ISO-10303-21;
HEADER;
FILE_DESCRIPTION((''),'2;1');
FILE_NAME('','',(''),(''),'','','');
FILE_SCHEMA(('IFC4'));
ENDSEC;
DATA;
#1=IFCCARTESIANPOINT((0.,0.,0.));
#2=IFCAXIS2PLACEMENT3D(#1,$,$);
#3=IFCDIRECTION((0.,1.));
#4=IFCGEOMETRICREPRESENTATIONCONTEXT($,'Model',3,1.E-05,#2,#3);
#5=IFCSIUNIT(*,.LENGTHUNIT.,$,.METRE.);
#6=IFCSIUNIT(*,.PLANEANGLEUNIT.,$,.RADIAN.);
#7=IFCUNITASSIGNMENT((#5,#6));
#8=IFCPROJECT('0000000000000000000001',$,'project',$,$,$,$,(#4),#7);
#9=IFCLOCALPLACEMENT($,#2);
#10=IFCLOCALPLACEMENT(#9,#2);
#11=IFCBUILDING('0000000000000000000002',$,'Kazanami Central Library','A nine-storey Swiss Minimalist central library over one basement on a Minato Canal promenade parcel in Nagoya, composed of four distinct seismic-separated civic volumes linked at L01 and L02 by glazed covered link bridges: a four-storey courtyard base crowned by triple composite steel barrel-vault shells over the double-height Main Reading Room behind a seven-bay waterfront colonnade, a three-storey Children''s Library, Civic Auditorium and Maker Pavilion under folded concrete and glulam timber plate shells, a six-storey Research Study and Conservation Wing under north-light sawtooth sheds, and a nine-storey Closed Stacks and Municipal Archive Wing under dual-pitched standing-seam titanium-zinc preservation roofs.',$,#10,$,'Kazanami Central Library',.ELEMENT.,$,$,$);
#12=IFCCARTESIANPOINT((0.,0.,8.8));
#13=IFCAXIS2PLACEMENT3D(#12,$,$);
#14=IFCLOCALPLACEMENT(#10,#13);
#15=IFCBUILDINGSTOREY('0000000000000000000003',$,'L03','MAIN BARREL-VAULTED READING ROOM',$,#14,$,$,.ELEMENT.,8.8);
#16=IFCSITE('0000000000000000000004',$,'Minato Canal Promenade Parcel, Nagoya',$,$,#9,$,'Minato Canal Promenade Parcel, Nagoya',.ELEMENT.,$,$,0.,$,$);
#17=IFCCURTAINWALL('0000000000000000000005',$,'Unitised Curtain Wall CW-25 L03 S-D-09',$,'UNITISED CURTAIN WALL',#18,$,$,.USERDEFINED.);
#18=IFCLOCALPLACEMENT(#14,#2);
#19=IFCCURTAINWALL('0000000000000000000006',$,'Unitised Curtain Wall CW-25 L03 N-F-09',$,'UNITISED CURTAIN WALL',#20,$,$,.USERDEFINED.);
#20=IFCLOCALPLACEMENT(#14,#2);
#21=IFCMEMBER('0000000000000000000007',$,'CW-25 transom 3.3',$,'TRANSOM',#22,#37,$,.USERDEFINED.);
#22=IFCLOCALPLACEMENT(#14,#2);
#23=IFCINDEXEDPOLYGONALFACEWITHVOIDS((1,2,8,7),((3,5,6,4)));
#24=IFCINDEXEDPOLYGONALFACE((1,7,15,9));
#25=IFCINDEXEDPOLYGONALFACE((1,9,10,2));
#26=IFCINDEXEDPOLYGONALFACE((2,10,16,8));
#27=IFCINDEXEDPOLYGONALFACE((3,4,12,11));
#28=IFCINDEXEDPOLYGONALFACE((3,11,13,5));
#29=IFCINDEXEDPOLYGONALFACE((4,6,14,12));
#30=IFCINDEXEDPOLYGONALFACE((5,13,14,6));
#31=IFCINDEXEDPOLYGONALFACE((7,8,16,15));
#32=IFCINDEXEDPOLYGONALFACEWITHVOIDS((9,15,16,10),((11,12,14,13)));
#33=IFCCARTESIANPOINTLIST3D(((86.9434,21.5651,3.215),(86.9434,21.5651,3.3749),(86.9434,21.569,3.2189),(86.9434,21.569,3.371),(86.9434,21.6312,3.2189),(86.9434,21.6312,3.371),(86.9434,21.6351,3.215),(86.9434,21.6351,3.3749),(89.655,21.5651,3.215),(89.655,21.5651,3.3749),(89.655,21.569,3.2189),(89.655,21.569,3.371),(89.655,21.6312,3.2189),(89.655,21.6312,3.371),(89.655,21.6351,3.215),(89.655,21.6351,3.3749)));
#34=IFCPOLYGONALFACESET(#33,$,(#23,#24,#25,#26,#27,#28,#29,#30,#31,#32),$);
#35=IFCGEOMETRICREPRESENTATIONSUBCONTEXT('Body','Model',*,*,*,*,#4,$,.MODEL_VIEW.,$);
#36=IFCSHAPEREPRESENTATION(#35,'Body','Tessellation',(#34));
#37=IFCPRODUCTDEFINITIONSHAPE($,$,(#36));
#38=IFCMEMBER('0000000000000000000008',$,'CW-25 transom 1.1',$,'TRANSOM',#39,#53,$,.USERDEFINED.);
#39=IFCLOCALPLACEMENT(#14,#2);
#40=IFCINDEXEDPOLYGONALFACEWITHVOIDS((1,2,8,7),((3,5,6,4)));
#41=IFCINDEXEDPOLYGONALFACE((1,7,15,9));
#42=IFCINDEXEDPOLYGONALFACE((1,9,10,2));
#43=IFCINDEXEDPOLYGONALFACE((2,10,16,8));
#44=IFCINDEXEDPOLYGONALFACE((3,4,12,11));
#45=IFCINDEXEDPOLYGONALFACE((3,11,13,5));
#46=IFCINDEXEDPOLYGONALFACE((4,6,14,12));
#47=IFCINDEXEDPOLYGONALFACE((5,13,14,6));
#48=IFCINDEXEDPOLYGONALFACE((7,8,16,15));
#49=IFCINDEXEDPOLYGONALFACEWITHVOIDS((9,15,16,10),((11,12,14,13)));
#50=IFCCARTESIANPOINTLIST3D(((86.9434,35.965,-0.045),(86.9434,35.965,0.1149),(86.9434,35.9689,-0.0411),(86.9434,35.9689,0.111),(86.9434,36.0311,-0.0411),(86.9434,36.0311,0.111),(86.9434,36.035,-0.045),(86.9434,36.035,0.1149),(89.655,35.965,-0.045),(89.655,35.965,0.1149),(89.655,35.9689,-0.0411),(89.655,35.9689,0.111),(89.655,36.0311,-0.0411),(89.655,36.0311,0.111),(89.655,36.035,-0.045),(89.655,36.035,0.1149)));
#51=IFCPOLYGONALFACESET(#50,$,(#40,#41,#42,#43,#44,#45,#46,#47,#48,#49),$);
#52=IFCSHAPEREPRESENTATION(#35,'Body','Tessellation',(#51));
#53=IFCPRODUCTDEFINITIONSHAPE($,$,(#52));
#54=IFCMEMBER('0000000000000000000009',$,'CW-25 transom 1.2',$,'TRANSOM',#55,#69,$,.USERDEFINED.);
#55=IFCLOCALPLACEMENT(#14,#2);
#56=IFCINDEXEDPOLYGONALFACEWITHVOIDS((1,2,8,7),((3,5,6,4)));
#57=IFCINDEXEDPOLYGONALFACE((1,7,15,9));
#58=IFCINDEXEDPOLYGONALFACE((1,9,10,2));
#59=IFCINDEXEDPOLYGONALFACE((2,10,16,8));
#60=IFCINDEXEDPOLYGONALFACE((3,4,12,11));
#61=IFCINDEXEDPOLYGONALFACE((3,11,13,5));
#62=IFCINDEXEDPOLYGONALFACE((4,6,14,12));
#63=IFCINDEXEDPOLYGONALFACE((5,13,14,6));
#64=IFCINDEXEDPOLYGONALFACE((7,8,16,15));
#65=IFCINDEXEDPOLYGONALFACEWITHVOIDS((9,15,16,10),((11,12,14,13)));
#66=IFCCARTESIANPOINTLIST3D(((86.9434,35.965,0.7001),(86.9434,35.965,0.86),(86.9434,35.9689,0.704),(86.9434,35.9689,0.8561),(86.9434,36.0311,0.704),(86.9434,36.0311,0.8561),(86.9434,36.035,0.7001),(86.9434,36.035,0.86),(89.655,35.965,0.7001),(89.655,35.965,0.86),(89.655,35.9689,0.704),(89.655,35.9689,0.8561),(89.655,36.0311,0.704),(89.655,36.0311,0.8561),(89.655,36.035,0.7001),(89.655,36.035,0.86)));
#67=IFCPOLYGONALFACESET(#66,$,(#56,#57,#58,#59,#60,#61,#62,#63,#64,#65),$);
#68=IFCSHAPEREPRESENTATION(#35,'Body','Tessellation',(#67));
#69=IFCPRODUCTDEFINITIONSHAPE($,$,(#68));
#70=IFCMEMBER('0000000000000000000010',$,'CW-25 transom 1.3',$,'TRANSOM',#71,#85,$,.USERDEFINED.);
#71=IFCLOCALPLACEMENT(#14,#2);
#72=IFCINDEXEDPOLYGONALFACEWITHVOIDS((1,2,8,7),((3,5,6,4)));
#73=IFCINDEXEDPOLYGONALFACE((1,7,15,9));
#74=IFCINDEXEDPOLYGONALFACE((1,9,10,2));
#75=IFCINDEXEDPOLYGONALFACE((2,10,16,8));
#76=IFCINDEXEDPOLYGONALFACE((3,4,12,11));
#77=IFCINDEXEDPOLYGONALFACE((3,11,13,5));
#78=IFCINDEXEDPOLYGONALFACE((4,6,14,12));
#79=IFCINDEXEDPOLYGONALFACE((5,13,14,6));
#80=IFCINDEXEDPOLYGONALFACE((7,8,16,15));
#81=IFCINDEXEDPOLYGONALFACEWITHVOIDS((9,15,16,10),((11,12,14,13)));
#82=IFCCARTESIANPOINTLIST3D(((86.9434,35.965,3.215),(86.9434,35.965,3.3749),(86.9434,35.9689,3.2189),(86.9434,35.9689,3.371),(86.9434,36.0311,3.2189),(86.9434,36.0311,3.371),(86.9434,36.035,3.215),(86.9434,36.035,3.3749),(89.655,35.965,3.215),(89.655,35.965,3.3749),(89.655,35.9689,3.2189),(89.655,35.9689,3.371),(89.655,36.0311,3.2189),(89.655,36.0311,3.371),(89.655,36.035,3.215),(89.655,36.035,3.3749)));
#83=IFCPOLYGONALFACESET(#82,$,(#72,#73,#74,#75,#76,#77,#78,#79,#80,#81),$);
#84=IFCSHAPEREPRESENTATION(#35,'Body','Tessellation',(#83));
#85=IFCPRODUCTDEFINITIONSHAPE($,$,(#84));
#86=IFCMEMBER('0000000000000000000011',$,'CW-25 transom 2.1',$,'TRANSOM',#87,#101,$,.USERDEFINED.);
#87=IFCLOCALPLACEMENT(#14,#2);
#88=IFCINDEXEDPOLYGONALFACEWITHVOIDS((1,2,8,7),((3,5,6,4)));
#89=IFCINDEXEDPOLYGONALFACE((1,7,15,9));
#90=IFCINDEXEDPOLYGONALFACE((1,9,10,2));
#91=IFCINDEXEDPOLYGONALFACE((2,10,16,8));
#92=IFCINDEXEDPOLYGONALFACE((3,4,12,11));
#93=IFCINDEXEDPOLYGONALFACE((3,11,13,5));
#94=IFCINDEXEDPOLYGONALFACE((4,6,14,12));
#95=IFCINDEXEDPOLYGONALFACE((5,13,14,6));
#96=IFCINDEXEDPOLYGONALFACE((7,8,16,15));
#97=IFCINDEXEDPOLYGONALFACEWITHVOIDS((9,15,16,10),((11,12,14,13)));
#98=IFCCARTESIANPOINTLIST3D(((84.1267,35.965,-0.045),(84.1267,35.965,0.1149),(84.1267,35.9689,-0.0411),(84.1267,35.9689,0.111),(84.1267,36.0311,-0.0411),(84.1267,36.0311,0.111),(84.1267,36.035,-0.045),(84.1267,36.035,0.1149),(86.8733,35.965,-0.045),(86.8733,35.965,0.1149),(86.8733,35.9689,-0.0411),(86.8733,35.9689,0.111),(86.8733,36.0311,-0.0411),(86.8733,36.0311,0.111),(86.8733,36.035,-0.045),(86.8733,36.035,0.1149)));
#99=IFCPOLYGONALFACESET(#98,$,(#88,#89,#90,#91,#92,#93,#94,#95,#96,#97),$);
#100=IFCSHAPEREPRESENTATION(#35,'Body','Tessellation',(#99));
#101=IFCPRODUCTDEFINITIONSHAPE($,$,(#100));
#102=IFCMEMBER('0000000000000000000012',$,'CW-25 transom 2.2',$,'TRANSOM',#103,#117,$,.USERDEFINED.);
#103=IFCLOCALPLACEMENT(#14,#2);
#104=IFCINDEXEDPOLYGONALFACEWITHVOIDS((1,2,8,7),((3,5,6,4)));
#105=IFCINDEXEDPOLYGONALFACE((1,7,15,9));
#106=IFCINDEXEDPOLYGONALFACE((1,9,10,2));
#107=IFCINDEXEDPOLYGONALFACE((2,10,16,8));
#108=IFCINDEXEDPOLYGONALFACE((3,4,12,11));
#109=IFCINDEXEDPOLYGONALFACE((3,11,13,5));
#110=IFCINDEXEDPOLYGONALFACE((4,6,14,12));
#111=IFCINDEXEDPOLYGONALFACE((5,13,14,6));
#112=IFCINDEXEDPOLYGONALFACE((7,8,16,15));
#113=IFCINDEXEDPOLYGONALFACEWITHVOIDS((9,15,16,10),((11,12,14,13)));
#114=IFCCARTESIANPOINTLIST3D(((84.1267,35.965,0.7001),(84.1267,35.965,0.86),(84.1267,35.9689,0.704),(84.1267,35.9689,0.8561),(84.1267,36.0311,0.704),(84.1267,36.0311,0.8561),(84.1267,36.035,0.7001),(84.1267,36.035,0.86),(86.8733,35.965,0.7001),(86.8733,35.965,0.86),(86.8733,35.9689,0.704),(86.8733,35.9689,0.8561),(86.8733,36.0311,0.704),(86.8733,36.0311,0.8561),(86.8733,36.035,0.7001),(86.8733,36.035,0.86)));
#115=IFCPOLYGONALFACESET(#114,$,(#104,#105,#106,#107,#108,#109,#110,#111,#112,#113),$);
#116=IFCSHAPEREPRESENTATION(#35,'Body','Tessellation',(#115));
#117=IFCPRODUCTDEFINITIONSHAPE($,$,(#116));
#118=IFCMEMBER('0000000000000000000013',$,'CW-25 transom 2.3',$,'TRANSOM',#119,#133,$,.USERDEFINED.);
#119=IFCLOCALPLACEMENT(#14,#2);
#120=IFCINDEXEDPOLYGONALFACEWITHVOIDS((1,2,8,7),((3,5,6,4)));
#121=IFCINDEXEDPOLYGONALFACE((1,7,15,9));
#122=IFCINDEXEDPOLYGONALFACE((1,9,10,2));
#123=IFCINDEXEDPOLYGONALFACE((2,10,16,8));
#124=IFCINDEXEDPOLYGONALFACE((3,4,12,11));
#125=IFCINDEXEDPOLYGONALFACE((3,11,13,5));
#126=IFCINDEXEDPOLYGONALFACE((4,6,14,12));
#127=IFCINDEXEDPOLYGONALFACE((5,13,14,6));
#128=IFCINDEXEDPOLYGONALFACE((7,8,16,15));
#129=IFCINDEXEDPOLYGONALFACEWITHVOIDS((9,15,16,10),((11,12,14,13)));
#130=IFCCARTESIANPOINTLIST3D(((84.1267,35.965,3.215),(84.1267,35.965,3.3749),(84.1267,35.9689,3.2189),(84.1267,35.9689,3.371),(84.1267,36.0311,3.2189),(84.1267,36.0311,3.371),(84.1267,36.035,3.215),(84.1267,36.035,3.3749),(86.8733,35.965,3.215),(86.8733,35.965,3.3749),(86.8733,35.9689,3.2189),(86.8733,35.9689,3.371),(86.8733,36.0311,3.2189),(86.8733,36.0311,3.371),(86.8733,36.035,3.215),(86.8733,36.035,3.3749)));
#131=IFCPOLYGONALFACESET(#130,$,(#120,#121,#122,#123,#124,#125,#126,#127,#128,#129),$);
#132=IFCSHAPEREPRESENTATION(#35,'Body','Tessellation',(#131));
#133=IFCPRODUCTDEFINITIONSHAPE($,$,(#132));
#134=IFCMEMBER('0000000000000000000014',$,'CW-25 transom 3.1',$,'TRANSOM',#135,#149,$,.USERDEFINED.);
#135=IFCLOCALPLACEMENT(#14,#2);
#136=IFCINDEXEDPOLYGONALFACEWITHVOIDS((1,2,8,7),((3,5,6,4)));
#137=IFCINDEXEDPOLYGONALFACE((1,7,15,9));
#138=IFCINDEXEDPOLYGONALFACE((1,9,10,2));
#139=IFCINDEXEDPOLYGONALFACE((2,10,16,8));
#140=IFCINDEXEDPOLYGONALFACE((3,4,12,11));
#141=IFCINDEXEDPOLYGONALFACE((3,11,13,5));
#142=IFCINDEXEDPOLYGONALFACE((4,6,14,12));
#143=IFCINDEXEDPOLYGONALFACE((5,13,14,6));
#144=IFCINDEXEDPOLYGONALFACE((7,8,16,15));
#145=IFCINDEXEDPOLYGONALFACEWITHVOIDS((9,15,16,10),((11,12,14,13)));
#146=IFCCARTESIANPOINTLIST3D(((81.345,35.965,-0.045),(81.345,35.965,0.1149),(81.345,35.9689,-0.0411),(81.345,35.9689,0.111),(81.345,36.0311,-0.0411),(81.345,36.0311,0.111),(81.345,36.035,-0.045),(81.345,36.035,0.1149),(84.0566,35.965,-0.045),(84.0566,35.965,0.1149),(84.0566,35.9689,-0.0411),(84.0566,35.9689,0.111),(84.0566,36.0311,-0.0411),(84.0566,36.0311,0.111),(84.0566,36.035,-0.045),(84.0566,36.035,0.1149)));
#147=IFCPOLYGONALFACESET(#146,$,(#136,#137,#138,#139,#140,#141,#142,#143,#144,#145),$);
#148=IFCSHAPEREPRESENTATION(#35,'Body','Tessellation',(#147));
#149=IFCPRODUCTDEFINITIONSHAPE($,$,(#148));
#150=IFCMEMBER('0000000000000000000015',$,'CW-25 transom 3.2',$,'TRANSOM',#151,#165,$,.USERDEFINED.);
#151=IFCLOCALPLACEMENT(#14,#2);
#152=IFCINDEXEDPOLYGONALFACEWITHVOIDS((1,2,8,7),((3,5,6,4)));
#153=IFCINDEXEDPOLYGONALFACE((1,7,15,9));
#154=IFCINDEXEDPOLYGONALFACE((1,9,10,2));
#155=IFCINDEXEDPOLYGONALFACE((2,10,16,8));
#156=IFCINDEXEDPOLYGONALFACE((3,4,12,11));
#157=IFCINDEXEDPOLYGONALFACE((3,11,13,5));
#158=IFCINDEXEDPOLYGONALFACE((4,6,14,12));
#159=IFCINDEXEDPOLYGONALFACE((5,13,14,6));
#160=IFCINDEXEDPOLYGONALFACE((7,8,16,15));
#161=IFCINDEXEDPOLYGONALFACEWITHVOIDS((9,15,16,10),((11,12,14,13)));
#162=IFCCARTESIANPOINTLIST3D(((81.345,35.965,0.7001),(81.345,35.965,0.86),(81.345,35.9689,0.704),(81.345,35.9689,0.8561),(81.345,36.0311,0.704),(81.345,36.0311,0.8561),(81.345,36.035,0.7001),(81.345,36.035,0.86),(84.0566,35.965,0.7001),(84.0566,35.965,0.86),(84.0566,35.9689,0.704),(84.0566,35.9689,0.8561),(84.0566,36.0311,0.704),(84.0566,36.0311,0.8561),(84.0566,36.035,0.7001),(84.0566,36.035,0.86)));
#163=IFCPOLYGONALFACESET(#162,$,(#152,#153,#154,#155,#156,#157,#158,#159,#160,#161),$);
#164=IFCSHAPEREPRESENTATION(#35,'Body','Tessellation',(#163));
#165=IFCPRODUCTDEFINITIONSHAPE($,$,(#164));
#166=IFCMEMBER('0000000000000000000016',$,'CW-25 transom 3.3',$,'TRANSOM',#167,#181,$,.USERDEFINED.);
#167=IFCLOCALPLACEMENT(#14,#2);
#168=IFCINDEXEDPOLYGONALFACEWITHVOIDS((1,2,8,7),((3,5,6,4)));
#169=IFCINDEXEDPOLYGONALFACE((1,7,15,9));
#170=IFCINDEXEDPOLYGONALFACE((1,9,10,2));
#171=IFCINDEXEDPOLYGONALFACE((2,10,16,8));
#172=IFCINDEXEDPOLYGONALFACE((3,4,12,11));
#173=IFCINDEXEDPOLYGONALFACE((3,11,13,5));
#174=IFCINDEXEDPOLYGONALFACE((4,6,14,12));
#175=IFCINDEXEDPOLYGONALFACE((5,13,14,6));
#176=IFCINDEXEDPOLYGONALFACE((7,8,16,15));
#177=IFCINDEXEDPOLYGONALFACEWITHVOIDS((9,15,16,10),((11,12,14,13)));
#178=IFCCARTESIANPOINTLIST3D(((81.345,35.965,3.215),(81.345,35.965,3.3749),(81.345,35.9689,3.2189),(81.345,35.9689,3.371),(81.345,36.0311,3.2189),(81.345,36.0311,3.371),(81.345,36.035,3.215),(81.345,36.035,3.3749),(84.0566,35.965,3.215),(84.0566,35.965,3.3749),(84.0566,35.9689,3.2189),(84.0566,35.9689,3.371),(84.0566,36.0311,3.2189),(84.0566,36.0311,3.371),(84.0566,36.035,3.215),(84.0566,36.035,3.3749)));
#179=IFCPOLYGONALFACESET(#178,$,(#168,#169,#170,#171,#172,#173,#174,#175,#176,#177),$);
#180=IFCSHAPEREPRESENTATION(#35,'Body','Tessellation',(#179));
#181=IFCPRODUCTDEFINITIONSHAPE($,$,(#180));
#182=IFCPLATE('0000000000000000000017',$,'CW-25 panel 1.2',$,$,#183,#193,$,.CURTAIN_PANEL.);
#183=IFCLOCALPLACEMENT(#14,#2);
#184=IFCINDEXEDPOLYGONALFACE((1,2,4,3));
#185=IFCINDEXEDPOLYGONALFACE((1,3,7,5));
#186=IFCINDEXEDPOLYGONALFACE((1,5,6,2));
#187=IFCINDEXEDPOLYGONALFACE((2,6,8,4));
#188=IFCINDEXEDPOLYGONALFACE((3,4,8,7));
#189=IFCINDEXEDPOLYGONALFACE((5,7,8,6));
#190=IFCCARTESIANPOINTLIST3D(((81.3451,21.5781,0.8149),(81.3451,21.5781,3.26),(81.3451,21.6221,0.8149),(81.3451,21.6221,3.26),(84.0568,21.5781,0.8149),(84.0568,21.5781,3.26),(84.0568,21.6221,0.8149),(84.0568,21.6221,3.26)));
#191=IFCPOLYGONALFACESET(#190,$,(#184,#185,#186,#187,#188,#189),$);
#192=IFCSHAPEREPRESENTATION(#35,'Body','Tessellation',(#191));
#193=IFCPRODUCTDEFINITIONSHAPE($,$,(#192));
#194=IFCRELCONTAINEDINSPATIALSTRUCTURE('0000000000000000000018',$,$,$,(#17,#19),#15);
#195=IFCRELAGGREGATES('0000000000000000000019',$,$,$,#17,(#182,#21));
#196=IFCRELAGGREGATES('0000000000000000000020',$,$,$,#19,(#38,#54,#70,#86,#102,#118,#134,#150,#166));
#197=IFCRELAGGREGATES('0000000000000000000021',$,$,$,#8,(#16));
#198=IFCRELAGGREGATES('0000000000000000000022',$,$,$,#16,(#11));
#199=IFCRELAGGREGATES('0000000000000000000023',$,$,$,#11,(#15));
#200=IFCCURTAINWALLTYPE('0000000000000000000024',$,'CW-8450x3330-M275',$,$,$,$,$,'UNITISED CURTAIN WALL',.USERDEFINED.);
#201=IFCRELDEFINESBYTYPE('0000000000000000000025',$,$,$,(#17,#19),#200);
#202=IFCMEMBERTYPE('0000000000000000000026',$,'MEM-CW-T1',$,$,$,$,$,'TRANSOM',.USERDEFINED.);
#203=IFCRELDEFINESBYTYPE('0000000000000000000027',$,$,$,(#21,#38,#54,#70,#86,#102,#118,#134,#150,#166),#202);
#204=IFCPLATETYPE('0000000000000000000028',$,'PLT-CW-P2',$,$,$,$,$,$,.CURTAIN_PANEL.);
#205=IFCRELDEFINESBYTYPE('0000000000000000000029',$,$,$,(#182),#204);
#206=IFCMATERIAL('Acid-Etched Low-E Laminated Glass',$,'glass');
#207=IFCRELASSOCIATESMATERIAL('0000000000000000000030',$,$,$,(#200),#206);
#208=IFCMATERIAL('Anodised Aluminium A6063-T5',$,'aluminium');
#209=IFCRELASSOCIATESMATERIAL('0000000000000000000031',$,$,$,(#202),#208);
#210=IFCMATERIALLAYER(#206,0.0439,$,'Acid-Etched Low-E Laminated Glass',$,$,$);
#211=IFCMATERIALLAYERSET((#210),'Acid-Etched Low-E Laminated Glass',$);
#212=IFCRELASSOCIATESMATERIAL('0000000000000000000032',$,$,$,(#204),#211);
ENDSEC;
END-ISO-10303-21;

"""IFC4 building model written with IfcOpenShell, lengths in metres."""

from ifc_helpers import new_model, si_unit, direction, frame, origin, origin_2d, place, context, subcontext, project, spatial, rectangle, hollow_rectangle, extrude, material, layer, layer_set, material_profile, profile_set, type_object, element, aggregate, save


model = new_model("IFC4")

# Units and contexts
model_context = context("Model", 3, precision=1e-05, world=origin(), true_north=direction((0.0, 1.0)))
body_context = subcontext(model_context, "Body", "Model", "MODEL_VIEW")
ifc_project = project(units=[si_unit("LENGTHUNIT", "METRE"), si_unit("PLANEANGLEUNIT", "RADIAN")], contexts=[model_context])

# Site, building, storey
site_placement = place(None, origin())
site = spatial("IfcSite", under=ifc_project, at=site_placement, Name="Minato Canal Promenade Parcel, Nagoya", LongName="Minato Canal Promenade Parcel, Nagoya", CompositionType="ELEMENT", RefElevation=0.0)
building_placement = place(site_placement, origin())
building = spatial("IfcBuilding", under=site, at=building_placement, Name="Kazanami Central Library", Description="A nine-storey Swiss Minimalist central library over one basement on a Minato Canal promenade parcel in Nagoya, composed of four distinct seismic-separated civic volumes linked at L01 and L02 by glazed covered link bridges: a four-storey courtyard base crowned by triple composite steel barrel-vault shells over the double-height Main Reading Room behind a seven-bay waterfront colonnade, a three-storey Children's Library, Civic Auditorium and Maker Pavilion under folded concrete and glulam timber plate shells, a six-storey Research Study and Conservation Wing under north-light sawtooth sheds, and a nine-storey Closed Stacks and Municipal Archive Wing under dual-pitched standing-seam titanium-zinc preservation roofs.", LongName="Kazanami Central Library", CompositionType="ELEMENT")
storey_placement = place(building_placement, frame((0.0, 0.0, 8.8)))
storey = spatial("IfcBuildingStorey", under=building, at=storey_placement, Name="L03", Description="MAIN BARREL-VAULTED READING ROOM", CompositionType="ELEMENT", Elevation=8.8)

# Curtain walls
ifc_material_1 = material(Name="Acid-Etched Low-E Laminated Glass", Category="glass")
curtain_wall_type = type_object("IfcCurtainWallType", Name="CW-8450x3330-M275", ElementType="UNITISED CURTAIN WALL", PredefinedType="USERDEFINED", material=ifc_material_1)
curtain_wall_1_placement = place(storey_placement, origin())
curtain_wall_1 = element("IfcCurtainWall", 1, at=curtain_wall_1_placement, inside=storey, type_object=curtain_wall_type, Name="Unitised Curtain Wall CW-25 L03 S-D-09", ObjectType="UNITISED CURTAIN WALL", PredefinedType="USERDEFINED")
ifc_material_2 = material(Name="Anodised Aluminium A6063-T5", Category="aluminium")
curtain_wall_2_placement = place(storey_placement, origin())
curtain_wall_2 = element("IfcCurtainWall", 2, at=curtain_wall_2_placement, inside=storey, type_object=curtain_wall_type, Name="Unitised Curtain Wall CW-25 L03 N-F-09", ObjectType="UNITISED CURTAIN WALL", PredefinedType="USERDEFINED")

# Members
ifc_material_profile_1 = material_profile(ifc_material_2, hollow_rectangle(XDim=0.0701, YDim=0.1599, WallThickness=0.0039, at=origin_2d()), Name="ALU-TRAN-70x160x4")
ifc_profile_set_1 = profile_set([ifc_material_profile_1], Name="Anodised Aluminium A6063-T5")
member_type_1 = type_object("IfcMemberType", Name="MEM-CW-T1", ElementType="TRANSOM", PredefinedType="USERDEFINED", material=ifc_profile_set_1)
member_1_placement = place(storey_placement, frame((86.9434, 21.6001, 3.2949), z_axis=(1.0, 0.0, 0.0), x_axis=(0.0, 1.0, 0.0)))
member_1 = element("IfcMember", 3, at=member_1_placement, type_object=member_type_1, Name="CW-25 transom 3.3", ObjectType="TRANSOM", PredefinedType="USERDEFINED", context=body_context, shape_type="SweptSolid", body=[
    extrude(hollow_rectangle(XDim=0.0701, YDim=0.1599, WallThickness=0.0039, at=origin_2d()), origin(), (0.0, 0.0, 1.0), 2.7117),
])
member_2_placement = place(storey_placement, frame((89.655, 36.0, 0.0349), z_axis=(-1.0, 0.0, 0.0), x_axis=(0.0, -1.0, 0.0)))
member_2 = element("IfcMember", 4, at=member_2_placement, type_object=member_type_1, Name="CW-25 transom 1.1", ObjectType="TRANSOM", PredefinedType="USERDEFINED", context=body_context, shape_type="SweptSolid", body=[
    extrude(hollow_rectangle(XDim=0.0701, YDim=0.1599, WallThickness=0.0039, at=origin_2d()), origin(), (0.0, 0.0, 1.0), 2.7117),
])
member_3_placement = place(storey_placement, frame((89.655, 36.0, 0.78), z_axis=(-1.0, 0.0, 0.0), x_axis=(0.0, -1.0, 0.0)))
member_3 = element("IfcMember", 5, at=member_3_placement, type_object=member_type_1, Name="CW-25 transom 1.2", ObjectType="TRANSOM", PredefinedType="USERDEFINED", context=body_context, shape_type="SweptSolid", body=[
    extrude(hollow_rectangle(XDim=0.0701, YDim=0.1599, WallThickness=0.0039, at=origin_2d()), origin(), (0.0, 0.0, 1.0), 2.7117),
])
member_4_placement = place(storey_placement, frame((89.655, 36.0, 3.2949), z_axis=(-1.0, 0.0, 0.0), x_axis=(0.0, -1.0, 0.0)))
member_4 = element("IfcMember", 6, at=member_4_placement, type_object=member_type_1, Name="CW-25 transom 1.3", ObjectType="TRANSOM", PredefinedType="USERDEFINED", context=body_context, shape_type="SweptSolid", body=[
    extrude(hollow_rectangle(XDim=0.0701, YDim=0.1599, WallThickness=0.0039, at=origin_2d()), origin(), (0.0, 0.0, 1.0), 2.7117),
])
member_5_placement = place(storey_placement, frame((86.8733, 36.0, 0.0349), z_axis=(-1.0, 0.0, 0.0), x_axis=(0.0, -1.0, 0.0)))
member_5 = element("IfcMember", 7, at=member_5_placement, type_object=member_type_1, Name="CW-25 transom 2.1", ObjectType="TRANSOM", PredefinedType="USERDEFINED", context=body_context, shape_type="SweptSolid", body=[
    extrude(hollow_rectangle(XDim=0.0701, YDim=0.1599, WallThickness=0.0039, at=origin_2d()), origin(), (0.0, 0.0, 1.0), 2.7466),
])
member_6_placement = place(storey_placement, frame((86.8733, 36.0, 0.78), z_axis=(-1.0, 0.0, 0.0), x_axis=(0.0, -1.0, 0.0)))
member_6 = element("IfcMember", 8, at=member_6_placement, type_object=member_type_1, Name="CW-25 transom 2.2", ObjectType="TRANSOM", PredefinedType="USERDEFINED", context=body_context, shape_type="SweptSolid", body=[
    extrude(hollow_rectangle(XDim=0.0701, YDim=0.1599, WallThickness=0.0039, at=origin_2d()), origin(), (0.0, 0.0, 1.0), 2.7466),
])
member_7_placement = place(storey_placement, frame((86.8733, 36.0, 3.2949), z_axis=(-1.0, 0.0, 0.0), x_axis=(0.0, -1.0, 0.0)))
member_7 = element("IfcMember", 9, at=member_7_placement, type_object=member_type_1, Name="CW-25 transom 2.3", ObjectType="TRANSOM", PredefinedType="USERDEFINED", context=body_context, shape_type="SweptSolid", body=[
    extrude(hollow_rectangle(XDim=0.0701, YDim=0.1599, WallThickness=0.0039, at=origin_2d()), origin(), (0.0, 0.0, 1.0), 2.7466),
])
member_8_placement = place(storey_placement, frame((84.0566, 36.0, 0.0349), z_axis=(-1.0, 0.0, 0.0), x_axis=(0.0, -1.0, 0.0)))
member_8 = element("IfcMember", 10, at=member_8_placement, type_object=member_type_1, Name="CW-25 transom 3.1", ObjectType="TRANSOM", PredefinedType="USERDEFINED", context=body_context, shape_type="SweptSolid", body=[
    extrude(hollow_rectangle(XDim=0.0701, YDim=0.1599, WallThickness=0.0039, at=origin_2d()), origin(), (0.0, 0.0, 1.0), 2.7117),
])
member_9_placement = place(storey_placement, frame((84.0566, 36.0, 0.78), z_axis=(-1.0, 0.0, 0.0), x_axis=(0.0, -1.0, 0.0)))
member_9 = element("IfcMember", 11, at=member_9_placement, type_object=member_type_1, Name="CW-25 transom 3.2", ObjectType="TRANSOM", PredefinedType="USERDEFINED", context=body_context, shape_type="SweptSolid", body=[
    extrude(hollow_rectangle(XDim=0.0701, YDim=0.1599, WallThickness=0.0039, at=origin_2d()), origin(), (0.0, 0.0, 1.0), 2.7117),
])
member_10_placement = place(storey_placement, frame((84.0566, 36.0, 3.2949), z_axis=(-1.0, 0.0, 0.0), x_axis=(0.0, -1.0, 0.0)))
member_10 = element("IfcMember", 12, at=member_10_placement, type_object=member_type_1, Name="CW-25 transom 3.3", ObjectType="TRANSOM", PredefinedType="USERDEFINED", context=body_context, shape_type="SweptSolid", body=[
    extrude(hollow_rectangle(XDim=0.0701, YDim=0.1599, WallThickness=0.0039, at=origin_2d()), origin(), (0.0, 0.0, 1.0), 2.7117),
])

# Plate
ifc_layer_1 = layer(ifc_material_1, 0.0439, Name="Acid-Etched Low-E Laminated Glass")
ifc_layer_set_1 = layer_set([ifc_layer_1], Name="Acid-Etched Low-E Laminated Glass")
plate_type_1 = type_object("IfcPlateType", Name="PLT-CW-P2", PredefinedType="CURTAIN_PANEL", material=ifc_layer_set_1)
plate_1_placement = place(storey_placement, frame((82.7009, 21.6001, 0.8149), z_axis=(0.0, 0.0, 1.0), x_axis=(1.0, 0.0, 0.0)))
plate_1 = element("IfcPlate", 13, at=plate_1_placement, type_object=plate_type_1, Name="CW-25 panel 1.2", PredefinedType="CURTAIN_PANEL", context=body_context, shape_type="SweptSolid", body=[
    extrude(rectangle(XDim=2.7117, YDim=0.0439, at=origin_2d()), origin(), (0.0, 0.0, 1.0), 2.4451),
])
aggregate(curtain_wall_1, [plate_1, member_1])
aggregate(curtain_wall_2, [member_2, member_3, member_4, member_5, member_6, member_7, member_8, member_9, member_10])

save(model, "model.ifc")
